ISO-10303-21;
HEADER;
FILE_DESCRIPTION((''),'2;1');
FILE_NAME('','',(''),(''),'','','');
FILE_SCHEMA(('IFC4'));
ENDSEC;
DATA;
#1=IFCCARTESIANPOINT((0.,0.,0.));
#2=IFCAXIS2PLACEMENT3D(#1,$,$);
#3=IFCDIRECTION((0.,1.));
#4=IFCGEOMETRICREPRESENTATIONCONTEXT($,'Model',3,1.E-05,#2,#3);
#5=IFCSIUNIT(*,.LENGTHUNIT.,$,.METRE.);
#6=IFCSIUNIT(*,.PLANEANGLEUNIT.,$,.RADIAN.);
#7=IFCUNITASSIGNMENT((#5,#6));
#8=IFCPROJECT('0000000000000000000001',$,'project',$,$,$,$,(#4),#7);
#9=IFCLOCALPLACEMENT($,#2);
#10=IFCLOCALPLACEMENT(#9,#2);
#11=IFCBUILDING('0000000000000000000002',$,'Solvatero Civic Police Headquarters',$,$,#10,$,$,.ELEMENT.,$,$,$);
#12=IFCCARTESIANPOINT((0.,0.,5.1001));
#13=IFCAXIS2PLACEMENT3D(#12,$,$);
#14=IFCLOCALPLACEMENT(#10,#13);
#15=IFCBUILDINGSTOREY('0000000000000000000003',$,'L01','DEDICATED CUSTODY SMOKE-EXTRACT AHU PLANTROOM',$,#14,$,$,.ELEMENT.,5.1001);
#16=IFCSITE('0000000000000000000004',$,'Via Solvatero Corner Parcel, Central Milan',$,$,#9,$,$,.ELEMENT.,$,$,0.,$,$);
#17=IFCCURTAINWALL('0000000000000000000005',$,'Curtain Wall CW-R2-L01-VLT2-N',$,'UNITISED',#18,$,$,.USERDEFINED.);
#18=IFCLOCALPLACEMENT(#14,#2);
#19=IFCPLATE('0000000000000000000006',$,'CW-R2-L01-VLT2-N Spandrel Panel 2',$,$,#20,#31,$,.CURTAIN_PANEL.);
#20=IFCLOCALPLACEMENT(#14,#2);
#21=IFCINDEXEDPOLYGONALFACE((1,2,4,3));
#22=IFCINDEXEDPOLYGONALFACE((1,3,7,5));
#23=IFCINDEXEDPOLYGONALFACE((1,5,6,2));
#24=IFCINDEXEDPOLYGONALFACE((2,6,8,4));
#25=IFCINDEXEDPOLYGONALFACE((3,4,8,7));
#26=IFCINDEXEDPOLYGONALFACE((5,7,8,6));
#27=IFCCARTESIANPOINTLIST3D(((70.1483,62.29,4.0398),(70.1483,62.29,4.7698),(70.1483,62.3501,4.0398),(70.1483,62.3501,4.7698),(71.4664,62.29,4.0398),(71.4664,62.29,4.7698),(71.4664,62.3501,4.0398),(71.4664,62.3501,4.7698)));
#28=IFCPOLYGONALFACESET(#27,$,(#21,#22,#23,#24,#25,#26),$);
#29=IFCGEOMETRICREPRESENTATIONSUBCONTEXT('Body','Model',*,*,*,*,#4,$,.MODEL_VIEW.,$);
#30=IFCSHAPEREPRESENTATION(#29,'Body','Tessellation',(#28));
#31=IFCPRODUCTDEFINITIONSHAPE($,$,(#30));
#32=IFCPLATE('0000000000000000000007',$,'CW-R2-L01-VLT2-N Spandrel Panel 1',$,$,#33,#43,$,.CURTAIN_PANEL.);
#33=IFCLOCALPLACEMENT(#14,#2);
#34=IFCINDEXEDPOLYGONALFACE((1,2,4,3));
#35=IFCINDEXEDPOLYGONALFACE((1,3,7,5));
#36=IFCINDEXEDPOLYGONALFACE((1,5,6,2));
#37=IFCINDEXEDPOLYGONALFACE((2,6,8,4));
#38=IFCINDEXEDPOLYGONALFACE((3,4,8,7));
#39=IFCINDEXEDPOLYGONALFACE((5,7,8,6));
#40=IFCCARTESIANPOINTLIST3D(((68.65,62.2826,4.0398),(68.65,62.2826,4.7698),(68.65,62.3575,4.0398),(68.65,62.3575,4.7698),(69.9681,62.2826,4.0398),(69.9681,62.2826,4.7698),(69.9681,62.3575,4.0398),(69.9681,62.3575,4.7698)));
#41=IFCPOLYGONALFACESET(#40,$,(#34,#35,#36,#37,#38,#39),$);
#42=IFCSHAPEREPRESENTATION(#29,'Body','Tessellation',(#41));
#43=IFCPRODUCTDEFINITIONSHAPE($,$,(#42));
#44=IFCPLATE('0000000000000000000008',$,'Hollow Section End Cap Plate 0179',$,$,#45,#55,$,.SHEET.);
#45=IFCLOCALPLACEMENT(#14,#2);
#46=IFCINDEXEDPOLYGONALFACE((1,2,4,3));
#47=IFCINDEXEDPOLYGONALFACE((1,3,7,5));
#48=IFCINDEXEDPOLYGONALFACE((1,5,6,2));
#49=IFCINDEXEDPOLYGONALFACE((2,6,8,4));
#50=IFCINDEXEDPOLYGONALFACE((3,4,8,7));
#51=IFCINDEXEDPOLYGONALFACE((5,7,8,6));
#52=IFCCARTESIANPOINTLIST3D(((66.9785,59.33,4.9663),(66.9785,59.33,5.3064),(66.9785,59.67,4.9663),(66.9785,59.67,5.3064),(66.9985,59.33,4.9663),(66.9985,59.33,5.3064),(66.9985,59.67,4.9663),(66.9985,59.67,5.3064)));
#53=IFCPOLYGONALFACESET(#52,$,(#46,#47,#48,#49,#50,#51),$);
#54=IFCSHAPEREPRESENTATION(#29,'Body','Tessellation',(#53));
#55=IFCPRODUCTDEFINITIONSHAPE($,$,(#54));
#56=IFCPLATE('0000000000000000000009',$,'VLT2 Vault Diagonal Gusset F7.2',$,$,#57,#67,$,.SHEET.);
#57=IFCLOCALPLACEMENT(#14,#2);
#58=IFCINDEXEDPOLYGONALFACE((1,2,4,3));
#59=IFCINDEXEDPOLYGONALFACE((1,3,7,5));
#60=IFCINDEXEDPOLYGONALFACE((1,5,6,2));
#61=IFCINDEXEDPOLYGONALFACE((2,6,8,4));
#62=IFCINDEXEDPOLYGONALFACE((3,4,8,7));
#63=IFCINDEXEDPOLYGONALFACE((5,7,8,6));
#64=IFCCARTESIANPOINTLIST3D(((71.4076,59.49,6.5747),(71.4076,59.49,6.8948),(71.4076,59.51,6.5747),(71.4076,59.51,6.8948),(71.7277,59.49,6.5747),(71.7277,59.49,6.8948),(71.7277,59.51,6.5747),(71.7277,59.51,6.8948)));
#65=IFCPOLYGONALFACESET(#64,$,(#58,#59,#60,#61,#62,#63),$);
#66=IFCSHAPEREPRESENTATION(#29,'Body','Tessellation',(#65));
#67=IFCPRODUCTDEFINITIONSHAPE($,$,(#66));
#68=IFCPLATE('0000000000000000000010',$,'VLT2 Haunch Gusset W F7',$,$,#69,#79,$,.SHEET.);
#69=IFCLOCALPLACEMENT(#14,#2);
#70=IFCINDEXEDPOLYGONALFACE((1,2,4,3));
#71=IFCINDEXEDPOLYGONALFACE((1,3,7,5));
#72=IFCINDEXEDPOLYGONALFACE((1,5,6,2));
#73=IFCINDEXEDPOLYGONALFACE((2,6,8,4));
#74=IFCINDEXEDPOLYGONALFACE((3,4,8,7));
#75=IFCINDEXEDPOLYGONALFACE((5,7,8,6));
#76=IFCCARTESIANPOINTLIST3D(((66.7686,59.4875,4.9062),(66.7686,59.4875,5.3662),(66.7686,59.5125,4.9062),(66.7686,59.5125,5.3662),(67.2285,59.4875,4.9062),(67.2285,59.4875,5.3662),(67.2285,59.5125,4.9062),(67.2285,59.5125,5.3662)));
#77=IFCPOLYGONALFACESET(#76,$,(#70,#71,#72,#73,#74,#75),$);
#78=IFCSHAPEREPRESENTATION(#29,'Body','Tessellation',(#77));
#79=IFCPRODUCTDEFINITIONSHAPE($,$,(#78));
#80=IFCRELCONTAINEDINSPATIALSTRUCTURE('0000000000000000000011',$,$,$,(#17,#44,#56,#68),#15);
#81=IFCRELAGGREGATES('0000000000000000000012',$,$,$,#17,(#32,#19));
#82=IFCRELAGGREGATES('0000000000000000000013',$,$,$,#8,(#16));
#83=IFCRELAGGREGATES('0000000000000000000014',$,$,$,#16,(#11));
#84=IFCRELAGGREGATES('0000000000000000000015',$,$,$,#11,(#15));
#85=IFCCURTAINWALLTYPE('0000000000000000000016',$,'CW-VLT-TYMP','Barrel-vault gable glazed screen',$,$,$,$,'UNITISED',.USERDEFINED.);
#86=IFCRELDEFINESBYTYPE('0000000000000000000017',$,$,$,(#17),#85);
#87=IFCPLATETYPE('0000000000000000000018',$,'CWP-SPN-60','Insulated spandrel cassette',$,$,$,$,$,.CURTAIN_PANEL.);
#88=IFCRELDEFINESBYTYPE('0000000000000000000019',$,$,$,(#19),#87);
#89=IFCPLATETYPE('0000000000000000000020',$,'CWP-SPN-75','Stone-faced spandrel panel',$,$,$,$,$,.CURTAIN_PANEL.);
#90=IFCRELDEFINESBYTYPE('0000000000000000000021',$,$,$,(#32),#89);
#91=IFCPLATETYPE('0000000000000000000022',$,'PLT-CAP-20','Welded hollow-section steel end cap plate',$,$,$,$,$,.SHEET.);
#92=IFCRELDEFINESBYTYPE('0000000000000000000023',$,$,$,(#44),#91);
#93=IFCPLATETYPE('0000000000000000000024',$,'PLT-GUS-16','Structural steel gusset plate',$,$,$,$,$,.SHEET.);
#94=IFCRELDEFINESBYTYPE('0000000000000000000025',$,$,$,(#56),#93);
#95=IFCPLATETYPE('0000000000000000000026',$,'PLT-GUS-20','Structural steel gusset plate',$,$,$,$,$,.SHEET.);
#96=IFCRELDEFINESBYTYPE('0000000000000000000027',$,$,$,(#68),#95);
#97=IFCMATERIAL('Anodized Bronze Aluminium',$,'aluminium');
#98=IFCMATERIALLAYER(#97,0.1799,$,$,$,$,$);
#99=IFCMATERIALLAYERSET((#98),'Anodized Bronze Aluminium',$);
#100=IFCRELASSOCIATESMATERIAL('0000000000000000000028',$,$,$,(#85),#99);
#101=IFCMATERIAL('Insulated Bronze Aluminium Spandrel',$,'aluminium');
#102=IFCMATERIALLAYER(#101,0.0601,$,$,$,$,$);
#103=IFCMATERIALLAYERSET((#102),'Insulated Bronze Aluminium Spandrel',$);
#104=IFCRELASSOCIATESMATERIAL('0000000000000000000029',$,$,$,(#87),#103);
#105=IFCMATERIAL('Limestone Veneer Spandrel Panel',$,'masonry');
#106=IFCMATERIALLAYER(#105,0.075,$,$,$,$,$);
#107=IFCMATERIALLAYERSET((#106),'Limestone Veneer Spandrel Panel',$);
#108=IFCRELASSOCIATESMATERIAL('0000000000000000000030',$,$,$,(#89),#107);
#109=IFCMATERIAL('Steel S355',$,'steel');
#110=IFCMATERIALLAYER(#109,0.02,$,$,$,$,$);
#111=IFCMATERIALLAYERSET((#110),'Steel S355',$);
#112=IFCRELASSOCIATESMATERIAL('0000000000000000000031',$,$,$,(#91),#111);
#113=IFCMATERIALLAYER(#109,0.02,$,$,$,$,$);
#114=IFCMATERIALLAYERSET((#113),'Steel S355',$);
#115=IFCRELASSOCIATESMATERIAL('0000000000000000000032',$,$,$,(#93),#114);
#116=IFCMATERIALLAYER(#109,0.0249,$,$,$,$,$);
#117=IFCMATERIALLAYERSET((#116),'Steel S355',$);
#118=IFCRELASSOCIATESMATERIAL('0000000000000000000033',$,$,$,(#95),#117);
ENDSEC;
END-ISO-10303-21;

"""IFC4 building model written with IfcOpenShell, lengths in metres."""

from ifc_helpers import new_model, si_unit, direction, frame, origin, origin_2d, place, context, subcontext, project, spatial, rectangle, extrude, material, layer, layer_set, type_object, element, aggregate, save


model = new_model("IFC4")

# Units and contexts
model_context = context("Model", 3, precision=1e-05, world=origin(), true_north=direction((0.0, 1.0)))
body_context = subcontext(model_context, "Body", "Model", "MODEL_VIEW")
ifc_project = project(units=[si_unit("LENGTHUNIT", "METRE"), si_unit("PLANEANGLEUNIT", "RADIAN")], contexts=[model_context])

# Site, building, storey
site_placement = place(None, origin())
site = spatial("IfcSite", under=ifc_project, at=site_placement, Name="Via Solvatero Corner Parcel, Central Milan", CompositionType="ELEMENT", RefElevation=0.0)
building_placement = place(site_placement, origin())
building = spatial("IfcBuilding", under=site, at=building_placement, Name="Solvatero Civic Police Headquarters", CompositionType="ELEMENT")
storey_placement = place(building_placement, frame((0.0, 0.0, 5.1001)))
storey = spatial("IfcBuildingStorey", under=building, at=storey_placement, Name="L01", Description="DEDICATED CUSTODY SMOKE-EXTRACT AHU PLANTROOM", CompositionType="ELEMENT", Elevation=5.1001)

# Shared definitions
ifc_material_1 = material(Name="Steel S355", Category="steel")

# Curtain wall
ifc_material_2 = material(Name="Anodized Bronze Aluminium", Category="aluminium")
ifc_layer_1 = layer(ifc_material_2, 0.1799)
ifc_layer_set_1 = layer_set([ifc_layer_1], Name="Anodized Bronze Aluminium")
curtain_wall_type_1 = type_object("IfcCurtainWallType", Name="CW-VLT-TYMP", Description="Barrel-vault gable glazed screen", ElementType="UNITISED", PredefinedType="USERDEFINED", material=ifc_layer_set_1)
curtain_wall_1_placement = place(storey_placement, origin())
curtain_wall_1 = element("IfcCurtainWall", 1, at=curtain_wall_1_placement, inside=storey, type_object=curtain_wall_type_1, Name="Curtain Wall CW-R2-L01-VLT2-N", ObjectType="UNITISED", PredefinedType="USERDEFINED")

# Plates
ifc_material_3 = material(Name="Insulated Bronze Aluminium Spandrel", Category="aluminium")
ifc_layer_2 = layer(ifc_material_3, 0.0601)
ifc_layer_set_2 = layer_set([ifc_layer_2], Name="Insulated Bronze Aluminium Spandrel")
plate_type_1 = type_object("IfcPlateType", Name="CWP-SPN-60", Description="Insulated spandrel cassette", PredefinedType="CURTAIN_PANEL", material=ifc_layer_set_2)
plate_1_placement = place(storey_placement, frame((70.8074, 62.3201, 4.0398), z_axis=(0.0, 0.0, 1.0), x_axis=(1.0, 0.0, 0.0)))
plate_1 = element("IfcPlate", 2, at=plate_1_placement, type_object=plate_type_1, Name="CW-R2-L01-VLT2-N Spandrel Panel 2", PredefinedType="CURTAIN_PANEL", context=body_context, shape_type="SweptSolid", body=[
    extrude(rectangle(XDim=1.3181, YDim=0.0601, at=origin_2d()), origin(), (0.0, 0.0, 1.0), 0.73),
])
ifc_material_4 = material(Name="Limestone Veneer Spandrel Panel", Category="masonry")
ifc_layer_3 = layer(ifc_material_4, 0.075)
ifc_layer_set_3 = layer_set([ifc_layer_3], Name="Limestone Veneer Spandrel Panel")
plate_type_2 = type_object("IfcPlateType", Name="CWP-SPN-75", Description="Stone-faced spandrel panel", PredefinedType="CURTAIN_PANEL", material=ifc_layer_set_3)
plate_2_placement = place(storey_placement, frame((69.3091, 62.3201, 4.0398), z_axis=(0.0, 0.0, 1.0), x_axis=(1.0, 0.0, 0.0)))
plate_2 = element("IfcPlate", 3, at=plate_2_placement, type_object=plate_type_2, Name="CW-R2-L01-VLT2-N Spandrel Panel 1", PredefinedType="CURTAIN_PANEL", context=body_context, shape_type="SweptSolid", body=[
    extrude(rectangle(XDim=1.3181, YDim=0.075, at=origin_2d()), origin(), (0.0, 0.0, 1.0), 0.73),
])
aggregate(curtain_wall_1, [plate_2, plate_1])

# Plates
ifc_layer_4 = layer(ifc_material_1, 0.02)
ifc_layer_set_4 = layer_set([ifc_layer_4], Name="Steel S355")
plate_type_3 = type_object("IfcPlateType", Name="PLT-CAP-20", Description="Welded hollow-section steel end cap plate", PredefinedType="SHEET", material=ifc_layer_set_4)
plate_3_placement = place(storey_placement, frame((66.9885, 59.5, 4.9663), z_axis=(0.0, 0.0, 1.0), x_axis=(1.0, 0.0, 0.0)))
element("IfcPlate", 4, at=plate_3_placement, inside=storey, type_object=plate_type_3, Name="Hollow Section End Cap Plate 0179", PredefinedType="SHEET", context=body_context, shape_type="SweptSolid", body=[
    extrude(rectangle(XDim=0.02, YDim=0.3401, at=origin_2d()), origin(), (0.0, 0.0, 1.0), 0.3401),
])
ifc_layer_5 = layer(ifc_material_1, 0.02)
ifc_layer_set_5 = layer_set([ifc_layer_5], Name="Steel S355")
plate_type_4 = type_object("IfcPlateType", Name="PLT-GUS-16", Description="Structural steel gusset plate", PredefinedType="SHEET", material=ifc_layer_set_5)
plate_4_placement = place(storey_placement, frame((71.5676, 59.5, 6.5747), z_axis=(0.0, 0.0, 1.0), x_axis=(1.0, 0.0, 0.0)))
element("IfcPlate", 5, at=plate_4_placement, inside=storey, type_object=plate_type_4, Name="VLT2 Vault Diagonal Gusset F7.2", PredefinedType="SHEET", context=body_context, shape_type="SweptSolid", body=[
    extrude(rectangle(XDim=0.3201, YDim=0.02, at=origin_2d()), origin(), (0.0, 0.0, 1.0), 0.3201),
])
ifc_layer_6 = layer(ifc_material_1, 0.0249)
ifc_layer_set_6 = layer_set([ifc_layer_6], Name="Steel S355")
plate_type_5 = type_object("IfcPlateType", Name="PLT-GUS-20", Description="Structural steel gusset plate", PredefinedType="SHEET", material=ifc_layer_set_6)
plate_5_placement = place(storey_placement, frame((66.9985, 59.5, 4.9062), z_axis=(0.0, 0.0, 1.0), x_axis=(1.0, 0.0, 0.0)))
element("IfcPlate", 6, at=plate_5_placement, inside=storey, type_object=plate_type_5, Name="VLT2 Haunch Gusset W F7", PredefinedType="SHEET", context=body_context, shape_type="SweptSolid", body=[
    extrude(rectangle(XDim=0.46, YDim=0.0249, at=origin_2d()), origin(), (0.0, 0.0, 1.0), 0.46),
])

save(model, "model.ifc")
